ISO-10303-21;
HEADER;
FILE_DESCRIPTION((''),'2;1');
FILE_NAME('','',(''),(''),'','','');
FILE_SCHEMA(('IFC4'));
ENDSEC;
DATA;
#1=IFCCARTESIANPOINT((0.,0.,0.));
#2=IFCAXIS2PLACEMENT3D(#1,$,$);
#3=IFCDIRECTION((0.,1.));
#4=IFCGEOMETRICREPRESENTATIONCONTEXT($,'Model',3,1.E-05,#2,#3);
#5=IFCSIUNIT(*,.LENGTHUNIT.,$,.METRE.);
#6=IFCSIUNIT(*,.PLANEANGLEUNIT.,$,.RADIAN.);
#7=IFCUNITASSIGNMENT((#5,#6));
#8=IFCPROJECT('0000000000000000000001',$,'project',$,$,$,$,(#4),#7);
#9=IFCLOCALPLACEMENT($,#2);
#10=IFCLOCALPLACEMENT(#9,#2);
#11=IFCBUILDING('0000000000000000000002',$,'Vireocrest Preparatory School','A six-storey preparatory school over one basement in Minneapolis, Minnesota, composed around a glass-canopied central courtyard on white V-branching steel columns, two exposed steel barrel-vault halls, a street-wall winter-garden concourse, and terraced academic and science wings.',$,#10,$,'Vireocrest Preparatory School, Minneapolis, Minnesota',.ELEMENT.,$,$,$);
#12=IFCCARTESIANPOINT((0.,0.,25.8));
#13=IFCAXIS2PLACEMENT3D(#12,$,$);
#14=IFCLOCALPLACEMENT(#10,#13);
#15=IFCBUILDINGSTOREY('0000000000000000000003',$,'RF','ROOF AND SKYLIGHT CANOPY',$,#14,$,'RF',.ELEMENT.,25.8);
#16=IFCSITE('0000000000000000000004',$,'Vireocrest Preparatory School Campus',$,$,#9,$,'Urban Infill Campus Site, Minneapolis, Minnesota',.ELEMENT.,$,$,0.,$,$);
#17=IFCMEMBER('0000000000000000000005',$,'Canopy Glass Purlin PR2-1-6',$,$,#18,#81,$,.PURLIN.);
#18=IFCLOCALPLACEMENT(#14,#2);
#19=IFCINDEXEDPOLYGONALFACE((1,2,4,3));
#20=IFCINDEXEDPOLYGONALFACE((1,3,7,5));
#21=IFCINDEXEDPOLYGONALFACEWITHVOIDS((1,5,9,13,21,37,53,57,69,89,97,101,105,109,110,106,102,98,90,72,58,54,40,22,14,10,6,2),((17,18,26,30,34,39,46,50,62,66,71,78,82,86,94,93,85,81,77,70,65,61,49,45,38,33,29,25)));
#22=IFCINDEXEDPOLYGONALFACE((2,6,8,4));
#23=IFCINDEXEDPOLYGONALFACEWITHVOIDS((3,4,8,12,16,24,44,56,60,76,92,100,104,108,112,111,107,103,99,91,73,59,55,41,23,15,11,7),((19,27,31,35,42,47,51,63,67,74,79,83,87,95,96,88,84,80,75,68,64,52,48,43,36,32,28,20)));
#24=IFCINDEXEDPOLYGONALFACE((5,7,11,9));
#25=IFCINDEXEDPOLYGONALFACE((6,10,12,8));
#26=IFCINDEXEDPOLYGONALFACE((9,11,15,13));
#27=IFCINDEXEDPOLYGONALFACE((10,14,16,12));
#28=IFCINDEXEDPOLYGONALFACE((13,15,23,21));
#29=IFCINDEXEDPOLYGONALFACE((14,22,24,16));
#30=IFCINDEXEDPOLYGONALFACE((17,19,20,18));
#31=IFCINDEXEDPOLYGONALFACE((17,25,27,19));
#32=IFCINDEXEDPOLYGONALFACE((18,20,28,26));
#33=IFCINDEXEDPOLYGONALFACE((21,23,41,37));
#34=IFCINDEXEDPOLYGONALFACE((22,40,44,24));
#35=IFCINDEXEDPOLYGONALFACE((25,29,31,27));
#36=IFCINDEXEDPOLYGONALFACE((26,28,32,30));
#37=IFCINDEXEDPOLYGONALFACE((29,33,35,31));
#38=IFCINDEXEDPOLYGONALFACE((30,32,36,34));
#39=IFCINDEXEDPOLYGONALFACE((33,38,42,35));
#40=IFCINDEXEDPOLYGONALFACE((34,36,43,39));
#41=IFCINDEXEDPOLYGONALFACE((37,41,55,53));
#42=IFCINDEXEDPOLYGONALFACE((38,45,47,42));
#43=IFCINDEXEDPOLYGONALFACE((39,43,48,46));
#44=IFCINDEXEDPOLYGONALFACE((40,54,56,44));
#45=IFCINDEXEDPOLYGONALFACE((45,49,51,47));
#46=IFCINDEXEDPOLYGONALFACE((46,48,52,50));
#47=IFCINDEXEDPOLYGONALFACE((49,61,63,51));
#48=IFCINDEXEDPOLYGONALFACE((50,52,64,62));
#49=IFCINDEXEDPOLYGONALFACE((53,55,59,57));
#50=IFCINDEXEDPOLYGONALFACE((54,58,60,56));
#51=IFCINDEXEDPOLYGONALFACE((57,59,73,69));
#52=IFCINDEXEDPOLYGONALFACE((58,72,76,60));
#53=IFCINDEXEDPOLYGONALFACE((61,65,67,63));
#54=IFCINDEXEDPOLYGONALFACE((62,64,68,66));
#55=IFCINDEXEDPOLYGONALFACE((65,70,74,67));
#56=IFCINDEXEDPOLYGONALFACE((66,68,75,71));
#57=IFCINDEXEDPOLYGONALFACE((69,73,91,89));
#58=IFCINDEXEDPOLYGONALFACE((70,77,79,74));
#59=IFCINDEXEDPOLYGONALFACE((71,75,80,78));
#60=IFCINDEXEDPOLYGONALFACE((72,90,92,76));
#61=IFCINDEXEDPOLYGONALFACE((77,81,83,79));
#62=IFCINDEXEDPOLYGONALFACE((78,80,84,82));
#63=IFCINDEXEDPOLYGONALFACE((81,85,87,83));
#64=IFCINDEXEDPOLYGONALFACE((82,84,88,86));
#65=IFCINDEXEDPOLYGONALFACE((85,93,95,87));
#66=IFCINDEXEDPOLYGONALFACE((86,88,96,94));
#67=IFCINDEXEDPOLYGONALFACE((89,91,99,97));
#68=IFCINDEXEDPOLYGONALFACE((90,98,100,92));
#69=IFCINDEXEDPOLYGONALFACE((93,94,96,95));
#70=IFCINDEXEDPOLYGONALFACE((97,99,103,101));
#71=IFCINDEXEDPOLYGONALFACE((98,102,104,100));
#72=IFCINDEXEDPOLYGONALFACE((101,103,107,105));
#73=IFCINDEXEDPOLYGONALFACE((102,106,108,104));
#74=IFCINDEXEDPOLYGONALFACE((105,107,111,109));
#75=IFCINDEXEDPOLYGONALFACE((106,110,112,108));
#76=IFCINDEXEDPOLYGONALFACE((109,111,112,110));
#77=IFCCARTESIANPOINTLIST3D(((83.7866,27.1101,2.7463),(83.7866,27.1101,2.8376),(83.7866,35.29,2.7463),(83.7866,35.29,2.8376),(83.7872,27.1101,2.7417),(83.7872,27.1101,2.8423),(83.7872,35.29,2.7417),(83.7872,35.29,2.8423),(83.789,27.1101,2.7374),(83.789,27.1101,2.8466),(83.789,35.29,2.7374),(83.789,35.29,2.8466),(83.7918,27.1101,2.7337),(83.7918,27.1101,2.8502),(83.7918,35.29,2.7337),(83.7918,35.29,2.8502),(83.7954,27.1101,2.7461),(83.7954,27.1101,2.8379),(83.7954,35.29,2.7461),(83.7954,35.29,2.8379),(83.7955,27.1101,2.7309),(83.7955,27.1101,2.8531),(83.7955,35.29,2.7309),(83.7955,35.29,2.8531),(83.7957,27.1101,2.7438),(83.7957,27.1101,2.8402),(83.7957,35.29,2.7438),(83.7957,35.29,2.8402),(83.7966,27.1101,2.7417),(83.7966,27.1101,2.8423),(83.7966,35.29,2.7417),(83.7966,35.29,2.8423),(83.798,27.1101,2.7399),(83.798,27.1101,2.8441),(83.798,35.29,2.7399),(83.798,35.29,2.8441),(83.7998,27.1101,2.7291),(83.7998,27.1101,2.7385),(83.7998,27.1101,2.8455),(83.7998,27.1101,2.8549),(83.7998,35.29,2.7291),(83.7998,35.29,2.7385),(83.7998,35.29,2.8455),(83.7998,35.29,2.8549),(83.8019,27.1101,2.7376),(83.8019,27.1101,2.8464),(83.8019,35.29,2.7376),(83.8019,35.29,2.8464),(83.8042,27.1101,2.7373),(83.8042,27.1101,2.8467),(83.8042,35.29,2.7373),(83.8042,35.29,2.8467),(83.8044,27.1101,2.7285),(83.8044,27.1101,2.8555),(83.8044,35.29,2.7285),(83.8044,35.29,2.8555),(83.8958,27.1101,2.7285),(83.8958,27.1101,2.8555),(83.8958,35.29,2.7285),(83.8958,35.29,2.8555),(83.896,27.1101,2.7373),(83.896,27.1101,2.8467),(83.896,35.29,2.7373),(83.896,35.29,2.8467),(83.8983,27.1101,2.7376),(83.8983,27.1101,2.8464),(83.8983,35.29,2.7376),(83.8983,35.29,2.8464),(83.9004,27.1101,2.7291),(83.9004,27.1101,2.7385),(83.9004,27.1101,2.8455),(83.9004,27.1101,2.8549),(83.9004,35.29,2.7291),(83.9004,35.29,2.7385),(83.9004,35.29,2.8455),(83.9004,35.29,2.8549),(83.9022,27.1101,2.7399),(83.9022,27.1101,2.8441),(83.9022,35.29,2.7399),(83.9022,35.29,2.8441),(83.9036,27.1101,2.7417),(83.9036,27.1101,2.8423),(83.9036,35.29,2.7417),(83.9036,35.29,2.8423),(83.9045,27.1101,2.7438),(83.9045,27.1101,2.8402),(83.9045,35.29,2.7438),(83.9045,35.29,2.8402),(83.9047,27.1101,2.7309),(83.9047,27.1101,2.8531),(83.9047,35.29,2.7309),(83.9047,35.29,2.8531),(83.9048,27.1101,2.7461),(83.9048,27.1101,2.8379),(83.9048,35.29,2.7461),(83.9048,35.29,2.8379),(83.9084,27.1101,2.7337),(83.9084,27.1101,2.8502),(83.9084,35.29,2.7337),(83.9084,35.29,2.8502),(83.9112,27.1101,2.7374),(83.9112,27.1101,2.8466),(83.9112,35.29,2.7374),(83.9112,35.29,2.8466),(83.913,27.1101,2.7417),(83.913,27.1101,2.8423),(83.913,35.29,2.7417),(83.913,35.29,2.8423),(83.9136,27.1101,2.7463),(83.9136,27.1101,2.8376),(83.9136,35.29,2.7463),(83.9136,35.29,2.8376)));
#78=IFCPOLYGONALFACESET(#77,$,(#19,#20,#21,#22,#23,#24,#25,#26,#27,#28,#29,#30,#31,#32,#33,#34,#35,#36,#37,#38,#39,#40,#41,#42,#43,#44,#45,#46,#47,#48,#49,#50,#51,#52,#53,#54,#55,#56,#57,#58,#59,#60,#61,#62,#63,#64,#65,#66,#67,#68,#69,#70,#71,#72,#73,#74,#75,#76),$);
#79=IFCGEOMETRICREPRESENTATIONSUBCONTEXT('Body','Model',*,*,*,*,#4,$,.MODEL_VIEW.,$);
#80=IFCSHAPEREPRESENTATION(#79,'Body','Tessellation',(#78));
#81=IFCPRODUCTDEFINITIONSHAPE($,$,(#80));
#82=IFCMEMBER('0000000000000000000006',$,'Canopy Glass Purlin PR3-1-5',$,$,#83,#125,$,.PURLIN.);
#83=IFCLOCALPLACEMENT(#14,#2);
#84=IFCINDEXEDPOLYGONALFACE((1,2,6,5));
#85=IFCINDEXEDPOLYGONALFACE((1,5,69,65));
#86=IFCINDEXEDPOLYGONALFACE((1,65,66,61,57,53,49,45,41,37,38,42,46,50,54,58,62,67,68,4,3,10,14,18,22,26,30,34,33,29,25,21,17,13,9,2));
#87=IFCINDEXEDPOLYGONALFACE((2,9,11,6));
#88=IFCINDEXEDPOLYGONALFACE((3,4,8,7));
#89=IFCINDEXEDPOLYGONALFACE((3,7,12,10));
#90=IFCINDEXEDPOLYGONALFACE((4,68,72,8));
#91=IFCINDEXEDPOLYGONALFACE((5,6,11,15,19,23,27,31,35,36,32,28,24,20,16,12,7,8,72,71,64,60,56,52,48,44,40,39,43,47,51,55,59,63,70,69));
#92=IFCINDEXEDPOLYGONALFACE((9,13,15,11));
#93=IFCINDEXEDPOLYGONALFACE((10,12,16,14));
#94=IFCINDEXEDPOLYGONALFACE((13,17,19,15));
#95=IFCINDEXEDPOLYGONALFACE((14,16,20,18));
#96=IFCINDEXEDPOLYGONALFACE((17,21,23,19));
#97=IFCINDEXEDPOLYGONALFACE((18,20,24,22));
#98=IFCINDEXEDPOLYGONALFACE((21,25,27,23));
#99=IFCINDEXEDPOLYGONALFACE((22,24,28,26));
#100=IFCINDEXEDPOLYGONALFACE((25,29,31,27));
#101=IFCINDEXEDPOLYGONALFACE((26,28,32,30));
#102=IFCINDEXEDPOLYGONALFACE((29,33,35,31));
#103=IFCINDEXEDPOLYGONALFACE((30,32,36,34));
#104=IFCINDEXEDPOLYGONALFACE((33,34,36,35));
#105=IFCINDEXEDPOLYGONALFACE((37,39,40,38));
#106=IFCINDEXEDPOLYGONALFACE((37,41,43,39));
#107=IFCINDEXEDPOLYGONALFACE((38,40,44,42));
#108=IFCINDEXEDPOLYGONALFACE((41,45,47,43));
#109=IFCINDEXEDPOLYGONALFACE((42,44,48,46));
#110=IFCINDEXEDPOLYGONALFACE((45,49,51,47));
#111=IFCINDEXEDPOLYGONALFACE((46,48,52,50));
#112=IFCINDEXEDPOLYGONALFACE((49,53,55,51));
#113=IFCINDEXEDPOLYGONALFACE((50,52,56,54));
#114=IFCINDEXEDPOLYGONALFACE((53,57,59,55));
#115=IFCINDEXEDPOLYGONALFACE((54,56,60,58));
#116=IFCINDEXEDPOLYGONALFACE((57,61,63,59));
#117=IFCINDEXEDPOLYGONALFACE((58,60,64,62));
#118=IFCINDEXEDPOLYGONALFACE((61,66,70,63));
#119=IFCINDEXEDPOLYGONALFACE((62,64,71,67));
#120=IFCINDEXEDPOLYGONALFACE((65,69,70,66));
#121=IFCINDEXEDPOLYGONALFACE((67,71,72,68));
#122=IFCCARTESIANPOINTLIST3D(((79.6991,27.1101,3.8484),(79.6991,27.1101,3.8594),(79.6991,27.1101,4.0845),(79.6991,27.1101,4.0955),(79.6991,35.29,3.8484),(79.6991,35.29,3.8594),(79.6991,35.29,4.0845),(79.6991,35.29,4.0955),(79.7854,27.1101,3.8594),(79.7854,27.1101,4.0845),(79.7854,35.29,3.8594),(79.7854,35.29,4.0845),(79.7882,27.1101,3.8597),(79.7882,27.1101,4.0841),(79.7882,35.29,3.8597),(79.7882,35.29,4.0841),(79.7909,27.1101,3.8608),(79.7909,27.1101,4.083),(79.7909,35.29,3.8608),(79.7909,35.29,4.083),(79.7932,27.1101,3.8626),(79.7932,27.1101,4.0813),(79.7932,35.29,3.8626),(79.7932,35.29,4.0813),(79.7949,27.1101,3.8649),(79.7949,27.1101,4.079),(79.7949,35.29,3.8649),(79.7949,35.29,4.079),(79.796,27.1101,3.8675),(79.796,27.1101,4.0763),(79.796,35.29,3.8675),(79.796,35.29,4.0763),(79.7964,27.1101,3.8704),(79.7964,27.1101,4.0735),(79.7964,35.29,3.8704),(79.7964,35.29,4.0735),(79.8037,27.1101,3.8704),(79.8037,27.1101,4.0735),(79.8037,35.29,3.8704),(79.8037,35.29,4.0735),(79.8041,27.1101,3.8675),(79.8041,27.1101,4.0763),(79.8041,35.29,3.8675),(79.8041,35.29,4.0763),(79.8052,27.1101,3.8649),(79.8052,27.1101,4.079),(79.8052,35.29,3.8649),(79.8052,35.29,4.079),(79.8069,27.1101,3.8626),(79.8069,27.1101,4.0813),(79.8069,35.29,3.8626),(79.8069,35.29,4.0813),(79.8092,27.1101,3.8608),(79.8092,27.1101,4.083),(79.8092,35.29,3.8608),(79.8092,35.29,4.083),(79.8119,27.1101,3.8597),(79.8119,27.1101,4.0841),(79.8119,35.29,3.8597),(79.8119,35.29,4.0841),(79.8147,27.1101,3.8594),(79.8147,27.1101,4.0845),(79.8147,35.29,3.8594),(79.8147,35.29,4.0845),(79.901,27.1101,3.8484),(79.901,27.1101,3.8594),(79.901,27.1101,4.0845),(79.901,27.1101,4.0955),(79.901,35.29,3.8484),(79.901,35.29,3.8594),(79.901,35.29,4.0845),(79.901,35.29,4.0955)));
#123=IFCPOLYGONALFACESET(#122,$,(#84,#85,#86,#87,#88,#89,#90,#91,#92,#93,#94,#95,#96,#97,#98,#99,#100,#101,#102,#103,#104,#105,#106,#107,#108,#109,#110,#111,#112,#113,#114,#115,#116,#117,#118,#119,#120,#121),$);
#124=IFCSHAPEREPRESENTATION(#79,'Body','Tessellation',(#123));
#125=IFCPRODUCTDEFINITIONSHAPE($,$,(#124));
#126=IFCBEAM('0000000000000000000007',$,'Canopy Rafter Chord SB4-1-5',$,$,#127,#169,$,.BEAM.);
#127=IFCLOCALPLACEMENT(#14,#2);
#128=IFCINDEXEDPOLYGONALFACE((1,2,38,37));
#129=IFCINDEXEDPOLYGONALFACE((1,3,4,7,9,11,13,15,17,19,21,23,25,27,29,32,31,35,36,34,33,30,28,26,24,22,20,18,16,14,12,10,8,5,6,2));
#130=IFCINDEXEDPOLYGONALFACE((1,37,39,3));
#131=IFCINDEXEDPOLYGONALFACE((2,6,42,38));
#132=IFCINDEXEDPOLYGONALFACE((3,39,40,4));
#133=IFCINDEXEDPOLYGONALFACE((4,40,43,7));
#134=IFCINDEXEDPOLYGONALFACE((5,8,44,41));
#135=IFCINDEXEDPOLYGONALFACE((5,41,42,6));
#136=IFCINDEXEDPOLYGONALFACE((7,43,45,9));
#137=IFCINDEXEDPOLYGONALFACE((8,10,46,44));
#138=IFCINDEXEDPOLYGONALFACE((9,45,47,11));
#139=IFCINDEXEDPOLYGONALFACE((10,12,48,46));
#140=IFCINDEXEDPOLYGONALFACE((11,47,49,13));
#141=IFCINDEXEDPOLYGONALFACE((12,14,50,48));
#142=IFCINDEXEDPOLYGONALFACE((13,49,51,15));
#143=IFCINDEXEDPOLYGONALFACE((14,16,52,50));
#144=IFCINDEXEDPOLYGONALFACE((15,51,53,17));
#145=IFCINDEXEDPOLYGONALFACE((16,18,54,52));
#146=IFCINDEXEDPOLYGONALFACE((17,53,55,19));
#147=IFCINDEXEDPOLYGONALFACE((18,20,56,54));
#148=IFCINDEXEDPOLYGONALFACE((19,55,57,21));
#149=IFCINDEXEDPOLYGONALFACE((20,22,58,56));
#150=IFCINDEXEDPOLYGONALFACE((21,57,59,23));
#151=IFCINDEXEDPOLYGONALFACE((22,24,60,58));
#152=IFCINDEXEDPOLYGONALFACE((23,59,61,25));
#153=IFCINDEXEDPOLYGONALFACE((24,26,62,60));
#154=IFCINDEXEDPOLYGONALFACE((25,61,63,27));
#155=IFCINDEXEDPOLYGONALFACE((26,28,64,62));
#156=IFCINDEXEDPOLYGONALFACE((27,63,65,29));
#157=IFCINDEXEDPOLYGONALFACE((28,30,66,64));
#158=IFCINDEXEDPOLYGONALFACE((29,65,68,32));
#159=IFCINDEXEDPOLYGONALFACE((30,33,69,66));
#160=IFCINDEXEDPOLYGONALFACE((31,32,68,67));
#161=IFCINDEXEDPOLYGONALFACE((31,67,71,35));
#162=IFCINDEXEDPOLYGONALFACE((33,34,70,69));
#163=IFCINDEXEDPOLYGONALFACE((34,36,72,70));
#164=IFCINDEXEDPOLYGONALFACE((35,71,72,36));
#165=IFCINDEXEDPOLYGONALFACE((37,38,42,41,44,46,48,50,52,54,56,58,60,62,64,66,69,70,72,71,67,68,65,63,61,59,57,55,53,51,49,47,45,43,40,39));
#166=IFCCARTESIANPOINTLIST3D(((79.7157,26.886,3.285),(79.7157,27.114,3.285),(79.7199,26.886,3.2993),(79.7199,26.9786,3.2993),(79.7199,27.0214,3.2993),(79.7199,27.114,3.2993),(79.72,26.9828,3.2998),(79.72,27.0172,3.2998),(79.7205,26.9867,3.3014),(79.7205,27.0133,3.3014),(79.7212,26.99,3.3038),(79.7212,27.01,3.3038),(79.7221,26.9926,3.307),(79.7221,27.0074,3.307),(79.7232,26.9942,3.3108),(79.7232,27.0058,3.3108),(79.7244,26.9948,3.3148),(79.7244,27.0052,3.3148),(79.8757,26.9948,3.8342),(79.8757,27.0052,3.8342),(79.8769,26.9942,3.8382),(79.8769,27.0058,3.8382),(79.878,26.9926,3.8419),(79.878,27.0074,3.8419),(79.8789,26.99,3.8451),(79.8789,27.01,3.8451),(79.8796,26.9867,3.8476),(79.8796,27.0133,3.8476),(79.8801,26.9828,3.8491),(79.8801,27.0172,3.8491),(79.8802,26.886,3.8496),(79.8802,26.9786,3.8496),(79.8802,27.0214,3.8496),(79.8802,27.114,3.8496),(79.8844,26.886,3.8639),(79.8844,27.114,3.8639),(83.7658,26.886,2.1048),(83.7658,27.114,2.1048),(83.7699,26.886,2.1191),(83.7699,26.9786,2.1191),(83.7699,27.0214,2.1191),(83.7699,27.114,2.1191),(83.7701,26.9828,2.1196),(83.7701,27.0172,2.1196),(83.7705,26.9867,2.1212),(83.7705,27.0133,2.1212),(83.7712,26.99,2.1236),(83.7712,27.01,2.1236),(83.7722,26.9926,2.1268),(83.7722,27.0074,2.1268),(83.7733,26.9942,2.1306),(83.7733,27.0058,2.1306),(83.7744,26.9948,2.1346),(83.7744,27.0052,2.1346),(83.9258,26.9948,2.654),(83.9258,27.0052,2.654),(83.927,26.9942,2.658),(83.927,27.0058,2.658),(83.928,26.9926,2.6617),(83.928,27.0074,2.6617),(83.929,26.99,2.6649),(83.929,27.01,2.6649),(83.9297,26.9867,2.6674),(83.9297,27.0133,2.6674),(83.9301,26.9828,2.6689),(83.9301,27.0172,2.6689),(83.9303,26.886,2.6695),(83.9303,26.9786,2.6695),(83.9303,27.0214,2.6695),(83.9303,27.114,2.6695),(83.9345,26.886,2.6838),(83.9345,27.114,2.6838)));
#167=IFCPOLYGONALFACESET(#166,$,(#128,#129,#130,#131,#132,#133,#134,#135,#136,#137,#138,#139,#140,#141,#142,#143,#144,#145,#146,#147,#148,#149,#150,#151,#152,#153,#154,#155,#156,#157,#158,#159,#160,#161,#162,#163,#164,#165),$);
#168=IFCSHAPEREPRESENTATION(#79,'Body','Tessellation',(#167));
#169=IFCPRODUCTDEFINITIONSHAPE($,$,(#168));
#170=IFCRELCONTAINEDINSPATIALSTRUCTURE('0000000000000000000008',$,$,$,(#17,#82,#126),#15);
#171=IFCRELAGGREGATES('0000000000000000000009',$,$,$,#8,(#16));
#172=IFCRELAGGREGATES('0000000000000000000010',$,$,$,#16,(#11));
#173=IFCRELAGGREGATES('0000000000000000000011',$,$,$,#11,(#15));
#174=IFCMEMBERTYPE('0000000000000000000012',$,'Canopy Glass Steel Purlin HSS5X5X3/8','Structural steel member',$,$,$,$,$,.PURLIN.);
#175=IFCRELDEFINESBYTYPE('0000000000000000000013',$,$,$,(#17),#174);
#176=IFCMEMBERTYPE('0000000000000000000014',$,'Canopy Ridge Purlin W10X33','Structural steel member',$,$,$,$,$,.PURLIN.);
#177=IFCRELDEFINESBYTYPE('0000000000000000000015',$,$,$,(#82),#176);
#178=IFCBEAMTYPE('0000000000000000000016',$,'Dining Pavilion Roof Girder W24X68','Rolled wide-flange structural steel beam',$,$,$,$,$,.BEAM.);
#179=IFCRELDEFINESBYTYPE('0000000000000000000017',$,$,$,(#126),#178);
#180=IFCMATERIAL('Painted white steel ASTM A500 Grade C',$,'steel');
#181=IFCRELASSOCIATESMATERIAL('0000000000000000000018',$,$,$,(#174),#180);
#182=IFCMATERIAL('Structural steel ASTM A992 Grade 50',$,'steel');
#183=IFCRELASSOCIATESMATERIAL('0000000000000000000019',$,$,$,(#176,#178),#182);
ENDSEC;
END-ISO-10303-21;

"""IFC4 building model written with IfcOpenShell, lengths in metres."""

from ifc_helpers import new_model, si_unit, direction, frame, origin, origin_2d, place, context, subcontext, project, spatial, hollow_rectangle, i_section, extrude, material, material_profile, profile_set, type_object, element, save


model = new_model("IFC4")

# Units and contexts
model_context = context("Model", 3, precision=1e-05, world=origin(), true_north=direction((0.0, 1.0)))
body_context = subcontext(model_context, "Body", "Model", "MODEL_VIEW")
ifc_project = project(units=[si_unit("LENGTHUNIT", "METRE"), si_unit("PLANEANGLEUNIT", "RADIAN")], contexts=[model_context])

# Site, building, storey
site_placement = place(None, origin())
site = spatial("IfcSite", under=ifc_project, at=site_placement, Name="Vireocrest Preparatory School Campus", LongName="Urban Infill Campus Site, Minneapolis, Minnesota", CompositionType="ELEMENT", RefElevation=0.0)
building_placement = place(site_placement, origin())
building = spatial("IfcBuilding", under=site, at=building_placement, Name="Vireocrest Preparatory School", Description="A six-storey preparatory school over one basement in Minneapolis, Minnesota, composed around a glass-canopied central courtyard on white V-branching steel columns, two exposed steel barrel-vault halls, a street-wall winter-garden concourse, and terraced academic and science wings.", LongName="Vireocrest Preparatory School, Minneapolis, Minnesota", CompositionType="ELEMENT")
storey_placement = place(building_placement, frame((0.0, 0.0, 25.8)))
storey = spatial("IfcBuildingStorey", under=building, at=storey_placement, Name="RF", Description="ROOF AND SKYLIGHT CANOPY", LongName="RF", CompositionType="ELEMENT", Elevation=25.8)

# Members
ifc_material_1 = material(Name="Painted white steel ASTM A500 Grade C", Category="steel")
ifc_material_profile_1 = material_profile(ifc_material_1, hollow_rectangle(XDim=0.127, YDim=0.127, WallThickness=0.0088, InnerFilletRadius=0.0088, OuterFilletRadius=0.0178, at=origin_2d()), Name="HSS5X5X3/8")
ifc_profile_set_1 = profile_set([ifc_material_profile_1], Name="Painted white steel ASTM A500 Grade C")
member_type_1 = type_object("IfcMemberType", Name="Canopy Glass Steel Purlin HSS5X5X3/8", Description="Structural steel member", PredefinedType="PURLIN", material=ifc_profile_set_1)
member_1_placement = place(storey_placement, frame((83.8501, 27.1101, 2.792), z_axis=(0.0, 1.0, 0.0), x_axis=(-1.0, 0.0, 0.0)))
element("IfcMember", 1, at=member_1_placement, inside=storey, type_object=member_type_1, Name="Canopy Glass Purlin PR2-1-6", PredefinedType="PURLIN", context=body_context, shape_type="SweptSolid", body=[
    extrude(hollow_rectangle(XDim=0.127, YDim=0.127, WallThickness=0.0088, InnerFilletRadius=0.0088, OuterFilletRadius=0.0178, at=origin_2d()), origin(), (0.0, 0.0, 1.0), 8.1799),
])
ifc_material_2 = material(Name="Structural steel ASTM A992 Grade 50", Category="steel")
ifc_material_profile_2 = material_profile(ifc_material_2, i_section(OverallWidth=0.2019, OverallDepth=0.2471, WebThickness=0.0073, FlangeThickness=0.011, FilletRadius=0.011, at=origin_2d()), Name="W10X33")
ifc_profile_set_2 = profile_set([ifc_material_profile_2], Name="Structural steel ASTM A992 Grade 50")
member_type_2 = type_object("IfcMemberType", Name="Canopy Ridge Purlin W10X33", Description="Structural steel member", PredefinedType="PURLIN", material=ifc_profile_set_2)
member_2_placement = place(storey_placement, frame((79.8, 27.1101, 3.9719), z_axis=(0.0, 1.0, 0.0), x_axis=(-1.0, 0.0, 0.0)))
element("IfcMember", 2, at=member_2_placement, inside=storey, type_object=member_type_2, Name="Canopy Glass Purlin PR3-1-5", PredefinedType="PURLIN", context=body_context, shape_type="SweptSolid", body=[
    extrude(i_section(OverallWidth=0.2019, OverallDepth=0.2471, WebThickness=0.0073, FlangeThickness=0.011, FilletRadius=0.011, at=origin_2d()), origin(), (0.0, 0.0, 1.0), 8.1799),
])

# Beam
ifc_material_profile_3 = material_profile(ifc_material_2, i_section(OverallWidth=0.228, OverallDepth=0.603, WebThickness=0.0105, FlangeThickness=0.0149, FilletRadius=0.0161, at=origin_2d()), Name="W24X68")
ifc_profile_set_3 = profile_set([ifc_material_profile_3], Name="Structural steel ASTM A992 Grade 50")
beam_type = type_object("IfcBeamType", Name="Dining Pavilion Roof Girder W24X68", Description="Rolled wide-flange structural steel beam", PredefinedType="BEAM", material=ifc_profile_set_3)
beam_1_placement = place(storey_placement, frame((79.8, 27.0, 3.5745), z_axis=(0.960069, 0.0, -0.279762), x_axis=(0.0, 1.0, 0.0)))
element("IfcBeam", 3, at=beam_1_placement, inside=storey, type_object=beam_type, Name="Canopy Rafter Chord SB4-1-5", PredefinedType="BEAM", context=body_context, shape_type="SweptSolid", body=[
    extrude(i_section(OverallWidth=0.228, OverallDepth=0.603, WebThickness=0.0105, FlangeThickness=0.0149, FilletRadius=0.0161, at=origin_2d()), origin(), (0.0, 0.0, 1.0), 4.2185),
])

save(model, "model.ifc")
